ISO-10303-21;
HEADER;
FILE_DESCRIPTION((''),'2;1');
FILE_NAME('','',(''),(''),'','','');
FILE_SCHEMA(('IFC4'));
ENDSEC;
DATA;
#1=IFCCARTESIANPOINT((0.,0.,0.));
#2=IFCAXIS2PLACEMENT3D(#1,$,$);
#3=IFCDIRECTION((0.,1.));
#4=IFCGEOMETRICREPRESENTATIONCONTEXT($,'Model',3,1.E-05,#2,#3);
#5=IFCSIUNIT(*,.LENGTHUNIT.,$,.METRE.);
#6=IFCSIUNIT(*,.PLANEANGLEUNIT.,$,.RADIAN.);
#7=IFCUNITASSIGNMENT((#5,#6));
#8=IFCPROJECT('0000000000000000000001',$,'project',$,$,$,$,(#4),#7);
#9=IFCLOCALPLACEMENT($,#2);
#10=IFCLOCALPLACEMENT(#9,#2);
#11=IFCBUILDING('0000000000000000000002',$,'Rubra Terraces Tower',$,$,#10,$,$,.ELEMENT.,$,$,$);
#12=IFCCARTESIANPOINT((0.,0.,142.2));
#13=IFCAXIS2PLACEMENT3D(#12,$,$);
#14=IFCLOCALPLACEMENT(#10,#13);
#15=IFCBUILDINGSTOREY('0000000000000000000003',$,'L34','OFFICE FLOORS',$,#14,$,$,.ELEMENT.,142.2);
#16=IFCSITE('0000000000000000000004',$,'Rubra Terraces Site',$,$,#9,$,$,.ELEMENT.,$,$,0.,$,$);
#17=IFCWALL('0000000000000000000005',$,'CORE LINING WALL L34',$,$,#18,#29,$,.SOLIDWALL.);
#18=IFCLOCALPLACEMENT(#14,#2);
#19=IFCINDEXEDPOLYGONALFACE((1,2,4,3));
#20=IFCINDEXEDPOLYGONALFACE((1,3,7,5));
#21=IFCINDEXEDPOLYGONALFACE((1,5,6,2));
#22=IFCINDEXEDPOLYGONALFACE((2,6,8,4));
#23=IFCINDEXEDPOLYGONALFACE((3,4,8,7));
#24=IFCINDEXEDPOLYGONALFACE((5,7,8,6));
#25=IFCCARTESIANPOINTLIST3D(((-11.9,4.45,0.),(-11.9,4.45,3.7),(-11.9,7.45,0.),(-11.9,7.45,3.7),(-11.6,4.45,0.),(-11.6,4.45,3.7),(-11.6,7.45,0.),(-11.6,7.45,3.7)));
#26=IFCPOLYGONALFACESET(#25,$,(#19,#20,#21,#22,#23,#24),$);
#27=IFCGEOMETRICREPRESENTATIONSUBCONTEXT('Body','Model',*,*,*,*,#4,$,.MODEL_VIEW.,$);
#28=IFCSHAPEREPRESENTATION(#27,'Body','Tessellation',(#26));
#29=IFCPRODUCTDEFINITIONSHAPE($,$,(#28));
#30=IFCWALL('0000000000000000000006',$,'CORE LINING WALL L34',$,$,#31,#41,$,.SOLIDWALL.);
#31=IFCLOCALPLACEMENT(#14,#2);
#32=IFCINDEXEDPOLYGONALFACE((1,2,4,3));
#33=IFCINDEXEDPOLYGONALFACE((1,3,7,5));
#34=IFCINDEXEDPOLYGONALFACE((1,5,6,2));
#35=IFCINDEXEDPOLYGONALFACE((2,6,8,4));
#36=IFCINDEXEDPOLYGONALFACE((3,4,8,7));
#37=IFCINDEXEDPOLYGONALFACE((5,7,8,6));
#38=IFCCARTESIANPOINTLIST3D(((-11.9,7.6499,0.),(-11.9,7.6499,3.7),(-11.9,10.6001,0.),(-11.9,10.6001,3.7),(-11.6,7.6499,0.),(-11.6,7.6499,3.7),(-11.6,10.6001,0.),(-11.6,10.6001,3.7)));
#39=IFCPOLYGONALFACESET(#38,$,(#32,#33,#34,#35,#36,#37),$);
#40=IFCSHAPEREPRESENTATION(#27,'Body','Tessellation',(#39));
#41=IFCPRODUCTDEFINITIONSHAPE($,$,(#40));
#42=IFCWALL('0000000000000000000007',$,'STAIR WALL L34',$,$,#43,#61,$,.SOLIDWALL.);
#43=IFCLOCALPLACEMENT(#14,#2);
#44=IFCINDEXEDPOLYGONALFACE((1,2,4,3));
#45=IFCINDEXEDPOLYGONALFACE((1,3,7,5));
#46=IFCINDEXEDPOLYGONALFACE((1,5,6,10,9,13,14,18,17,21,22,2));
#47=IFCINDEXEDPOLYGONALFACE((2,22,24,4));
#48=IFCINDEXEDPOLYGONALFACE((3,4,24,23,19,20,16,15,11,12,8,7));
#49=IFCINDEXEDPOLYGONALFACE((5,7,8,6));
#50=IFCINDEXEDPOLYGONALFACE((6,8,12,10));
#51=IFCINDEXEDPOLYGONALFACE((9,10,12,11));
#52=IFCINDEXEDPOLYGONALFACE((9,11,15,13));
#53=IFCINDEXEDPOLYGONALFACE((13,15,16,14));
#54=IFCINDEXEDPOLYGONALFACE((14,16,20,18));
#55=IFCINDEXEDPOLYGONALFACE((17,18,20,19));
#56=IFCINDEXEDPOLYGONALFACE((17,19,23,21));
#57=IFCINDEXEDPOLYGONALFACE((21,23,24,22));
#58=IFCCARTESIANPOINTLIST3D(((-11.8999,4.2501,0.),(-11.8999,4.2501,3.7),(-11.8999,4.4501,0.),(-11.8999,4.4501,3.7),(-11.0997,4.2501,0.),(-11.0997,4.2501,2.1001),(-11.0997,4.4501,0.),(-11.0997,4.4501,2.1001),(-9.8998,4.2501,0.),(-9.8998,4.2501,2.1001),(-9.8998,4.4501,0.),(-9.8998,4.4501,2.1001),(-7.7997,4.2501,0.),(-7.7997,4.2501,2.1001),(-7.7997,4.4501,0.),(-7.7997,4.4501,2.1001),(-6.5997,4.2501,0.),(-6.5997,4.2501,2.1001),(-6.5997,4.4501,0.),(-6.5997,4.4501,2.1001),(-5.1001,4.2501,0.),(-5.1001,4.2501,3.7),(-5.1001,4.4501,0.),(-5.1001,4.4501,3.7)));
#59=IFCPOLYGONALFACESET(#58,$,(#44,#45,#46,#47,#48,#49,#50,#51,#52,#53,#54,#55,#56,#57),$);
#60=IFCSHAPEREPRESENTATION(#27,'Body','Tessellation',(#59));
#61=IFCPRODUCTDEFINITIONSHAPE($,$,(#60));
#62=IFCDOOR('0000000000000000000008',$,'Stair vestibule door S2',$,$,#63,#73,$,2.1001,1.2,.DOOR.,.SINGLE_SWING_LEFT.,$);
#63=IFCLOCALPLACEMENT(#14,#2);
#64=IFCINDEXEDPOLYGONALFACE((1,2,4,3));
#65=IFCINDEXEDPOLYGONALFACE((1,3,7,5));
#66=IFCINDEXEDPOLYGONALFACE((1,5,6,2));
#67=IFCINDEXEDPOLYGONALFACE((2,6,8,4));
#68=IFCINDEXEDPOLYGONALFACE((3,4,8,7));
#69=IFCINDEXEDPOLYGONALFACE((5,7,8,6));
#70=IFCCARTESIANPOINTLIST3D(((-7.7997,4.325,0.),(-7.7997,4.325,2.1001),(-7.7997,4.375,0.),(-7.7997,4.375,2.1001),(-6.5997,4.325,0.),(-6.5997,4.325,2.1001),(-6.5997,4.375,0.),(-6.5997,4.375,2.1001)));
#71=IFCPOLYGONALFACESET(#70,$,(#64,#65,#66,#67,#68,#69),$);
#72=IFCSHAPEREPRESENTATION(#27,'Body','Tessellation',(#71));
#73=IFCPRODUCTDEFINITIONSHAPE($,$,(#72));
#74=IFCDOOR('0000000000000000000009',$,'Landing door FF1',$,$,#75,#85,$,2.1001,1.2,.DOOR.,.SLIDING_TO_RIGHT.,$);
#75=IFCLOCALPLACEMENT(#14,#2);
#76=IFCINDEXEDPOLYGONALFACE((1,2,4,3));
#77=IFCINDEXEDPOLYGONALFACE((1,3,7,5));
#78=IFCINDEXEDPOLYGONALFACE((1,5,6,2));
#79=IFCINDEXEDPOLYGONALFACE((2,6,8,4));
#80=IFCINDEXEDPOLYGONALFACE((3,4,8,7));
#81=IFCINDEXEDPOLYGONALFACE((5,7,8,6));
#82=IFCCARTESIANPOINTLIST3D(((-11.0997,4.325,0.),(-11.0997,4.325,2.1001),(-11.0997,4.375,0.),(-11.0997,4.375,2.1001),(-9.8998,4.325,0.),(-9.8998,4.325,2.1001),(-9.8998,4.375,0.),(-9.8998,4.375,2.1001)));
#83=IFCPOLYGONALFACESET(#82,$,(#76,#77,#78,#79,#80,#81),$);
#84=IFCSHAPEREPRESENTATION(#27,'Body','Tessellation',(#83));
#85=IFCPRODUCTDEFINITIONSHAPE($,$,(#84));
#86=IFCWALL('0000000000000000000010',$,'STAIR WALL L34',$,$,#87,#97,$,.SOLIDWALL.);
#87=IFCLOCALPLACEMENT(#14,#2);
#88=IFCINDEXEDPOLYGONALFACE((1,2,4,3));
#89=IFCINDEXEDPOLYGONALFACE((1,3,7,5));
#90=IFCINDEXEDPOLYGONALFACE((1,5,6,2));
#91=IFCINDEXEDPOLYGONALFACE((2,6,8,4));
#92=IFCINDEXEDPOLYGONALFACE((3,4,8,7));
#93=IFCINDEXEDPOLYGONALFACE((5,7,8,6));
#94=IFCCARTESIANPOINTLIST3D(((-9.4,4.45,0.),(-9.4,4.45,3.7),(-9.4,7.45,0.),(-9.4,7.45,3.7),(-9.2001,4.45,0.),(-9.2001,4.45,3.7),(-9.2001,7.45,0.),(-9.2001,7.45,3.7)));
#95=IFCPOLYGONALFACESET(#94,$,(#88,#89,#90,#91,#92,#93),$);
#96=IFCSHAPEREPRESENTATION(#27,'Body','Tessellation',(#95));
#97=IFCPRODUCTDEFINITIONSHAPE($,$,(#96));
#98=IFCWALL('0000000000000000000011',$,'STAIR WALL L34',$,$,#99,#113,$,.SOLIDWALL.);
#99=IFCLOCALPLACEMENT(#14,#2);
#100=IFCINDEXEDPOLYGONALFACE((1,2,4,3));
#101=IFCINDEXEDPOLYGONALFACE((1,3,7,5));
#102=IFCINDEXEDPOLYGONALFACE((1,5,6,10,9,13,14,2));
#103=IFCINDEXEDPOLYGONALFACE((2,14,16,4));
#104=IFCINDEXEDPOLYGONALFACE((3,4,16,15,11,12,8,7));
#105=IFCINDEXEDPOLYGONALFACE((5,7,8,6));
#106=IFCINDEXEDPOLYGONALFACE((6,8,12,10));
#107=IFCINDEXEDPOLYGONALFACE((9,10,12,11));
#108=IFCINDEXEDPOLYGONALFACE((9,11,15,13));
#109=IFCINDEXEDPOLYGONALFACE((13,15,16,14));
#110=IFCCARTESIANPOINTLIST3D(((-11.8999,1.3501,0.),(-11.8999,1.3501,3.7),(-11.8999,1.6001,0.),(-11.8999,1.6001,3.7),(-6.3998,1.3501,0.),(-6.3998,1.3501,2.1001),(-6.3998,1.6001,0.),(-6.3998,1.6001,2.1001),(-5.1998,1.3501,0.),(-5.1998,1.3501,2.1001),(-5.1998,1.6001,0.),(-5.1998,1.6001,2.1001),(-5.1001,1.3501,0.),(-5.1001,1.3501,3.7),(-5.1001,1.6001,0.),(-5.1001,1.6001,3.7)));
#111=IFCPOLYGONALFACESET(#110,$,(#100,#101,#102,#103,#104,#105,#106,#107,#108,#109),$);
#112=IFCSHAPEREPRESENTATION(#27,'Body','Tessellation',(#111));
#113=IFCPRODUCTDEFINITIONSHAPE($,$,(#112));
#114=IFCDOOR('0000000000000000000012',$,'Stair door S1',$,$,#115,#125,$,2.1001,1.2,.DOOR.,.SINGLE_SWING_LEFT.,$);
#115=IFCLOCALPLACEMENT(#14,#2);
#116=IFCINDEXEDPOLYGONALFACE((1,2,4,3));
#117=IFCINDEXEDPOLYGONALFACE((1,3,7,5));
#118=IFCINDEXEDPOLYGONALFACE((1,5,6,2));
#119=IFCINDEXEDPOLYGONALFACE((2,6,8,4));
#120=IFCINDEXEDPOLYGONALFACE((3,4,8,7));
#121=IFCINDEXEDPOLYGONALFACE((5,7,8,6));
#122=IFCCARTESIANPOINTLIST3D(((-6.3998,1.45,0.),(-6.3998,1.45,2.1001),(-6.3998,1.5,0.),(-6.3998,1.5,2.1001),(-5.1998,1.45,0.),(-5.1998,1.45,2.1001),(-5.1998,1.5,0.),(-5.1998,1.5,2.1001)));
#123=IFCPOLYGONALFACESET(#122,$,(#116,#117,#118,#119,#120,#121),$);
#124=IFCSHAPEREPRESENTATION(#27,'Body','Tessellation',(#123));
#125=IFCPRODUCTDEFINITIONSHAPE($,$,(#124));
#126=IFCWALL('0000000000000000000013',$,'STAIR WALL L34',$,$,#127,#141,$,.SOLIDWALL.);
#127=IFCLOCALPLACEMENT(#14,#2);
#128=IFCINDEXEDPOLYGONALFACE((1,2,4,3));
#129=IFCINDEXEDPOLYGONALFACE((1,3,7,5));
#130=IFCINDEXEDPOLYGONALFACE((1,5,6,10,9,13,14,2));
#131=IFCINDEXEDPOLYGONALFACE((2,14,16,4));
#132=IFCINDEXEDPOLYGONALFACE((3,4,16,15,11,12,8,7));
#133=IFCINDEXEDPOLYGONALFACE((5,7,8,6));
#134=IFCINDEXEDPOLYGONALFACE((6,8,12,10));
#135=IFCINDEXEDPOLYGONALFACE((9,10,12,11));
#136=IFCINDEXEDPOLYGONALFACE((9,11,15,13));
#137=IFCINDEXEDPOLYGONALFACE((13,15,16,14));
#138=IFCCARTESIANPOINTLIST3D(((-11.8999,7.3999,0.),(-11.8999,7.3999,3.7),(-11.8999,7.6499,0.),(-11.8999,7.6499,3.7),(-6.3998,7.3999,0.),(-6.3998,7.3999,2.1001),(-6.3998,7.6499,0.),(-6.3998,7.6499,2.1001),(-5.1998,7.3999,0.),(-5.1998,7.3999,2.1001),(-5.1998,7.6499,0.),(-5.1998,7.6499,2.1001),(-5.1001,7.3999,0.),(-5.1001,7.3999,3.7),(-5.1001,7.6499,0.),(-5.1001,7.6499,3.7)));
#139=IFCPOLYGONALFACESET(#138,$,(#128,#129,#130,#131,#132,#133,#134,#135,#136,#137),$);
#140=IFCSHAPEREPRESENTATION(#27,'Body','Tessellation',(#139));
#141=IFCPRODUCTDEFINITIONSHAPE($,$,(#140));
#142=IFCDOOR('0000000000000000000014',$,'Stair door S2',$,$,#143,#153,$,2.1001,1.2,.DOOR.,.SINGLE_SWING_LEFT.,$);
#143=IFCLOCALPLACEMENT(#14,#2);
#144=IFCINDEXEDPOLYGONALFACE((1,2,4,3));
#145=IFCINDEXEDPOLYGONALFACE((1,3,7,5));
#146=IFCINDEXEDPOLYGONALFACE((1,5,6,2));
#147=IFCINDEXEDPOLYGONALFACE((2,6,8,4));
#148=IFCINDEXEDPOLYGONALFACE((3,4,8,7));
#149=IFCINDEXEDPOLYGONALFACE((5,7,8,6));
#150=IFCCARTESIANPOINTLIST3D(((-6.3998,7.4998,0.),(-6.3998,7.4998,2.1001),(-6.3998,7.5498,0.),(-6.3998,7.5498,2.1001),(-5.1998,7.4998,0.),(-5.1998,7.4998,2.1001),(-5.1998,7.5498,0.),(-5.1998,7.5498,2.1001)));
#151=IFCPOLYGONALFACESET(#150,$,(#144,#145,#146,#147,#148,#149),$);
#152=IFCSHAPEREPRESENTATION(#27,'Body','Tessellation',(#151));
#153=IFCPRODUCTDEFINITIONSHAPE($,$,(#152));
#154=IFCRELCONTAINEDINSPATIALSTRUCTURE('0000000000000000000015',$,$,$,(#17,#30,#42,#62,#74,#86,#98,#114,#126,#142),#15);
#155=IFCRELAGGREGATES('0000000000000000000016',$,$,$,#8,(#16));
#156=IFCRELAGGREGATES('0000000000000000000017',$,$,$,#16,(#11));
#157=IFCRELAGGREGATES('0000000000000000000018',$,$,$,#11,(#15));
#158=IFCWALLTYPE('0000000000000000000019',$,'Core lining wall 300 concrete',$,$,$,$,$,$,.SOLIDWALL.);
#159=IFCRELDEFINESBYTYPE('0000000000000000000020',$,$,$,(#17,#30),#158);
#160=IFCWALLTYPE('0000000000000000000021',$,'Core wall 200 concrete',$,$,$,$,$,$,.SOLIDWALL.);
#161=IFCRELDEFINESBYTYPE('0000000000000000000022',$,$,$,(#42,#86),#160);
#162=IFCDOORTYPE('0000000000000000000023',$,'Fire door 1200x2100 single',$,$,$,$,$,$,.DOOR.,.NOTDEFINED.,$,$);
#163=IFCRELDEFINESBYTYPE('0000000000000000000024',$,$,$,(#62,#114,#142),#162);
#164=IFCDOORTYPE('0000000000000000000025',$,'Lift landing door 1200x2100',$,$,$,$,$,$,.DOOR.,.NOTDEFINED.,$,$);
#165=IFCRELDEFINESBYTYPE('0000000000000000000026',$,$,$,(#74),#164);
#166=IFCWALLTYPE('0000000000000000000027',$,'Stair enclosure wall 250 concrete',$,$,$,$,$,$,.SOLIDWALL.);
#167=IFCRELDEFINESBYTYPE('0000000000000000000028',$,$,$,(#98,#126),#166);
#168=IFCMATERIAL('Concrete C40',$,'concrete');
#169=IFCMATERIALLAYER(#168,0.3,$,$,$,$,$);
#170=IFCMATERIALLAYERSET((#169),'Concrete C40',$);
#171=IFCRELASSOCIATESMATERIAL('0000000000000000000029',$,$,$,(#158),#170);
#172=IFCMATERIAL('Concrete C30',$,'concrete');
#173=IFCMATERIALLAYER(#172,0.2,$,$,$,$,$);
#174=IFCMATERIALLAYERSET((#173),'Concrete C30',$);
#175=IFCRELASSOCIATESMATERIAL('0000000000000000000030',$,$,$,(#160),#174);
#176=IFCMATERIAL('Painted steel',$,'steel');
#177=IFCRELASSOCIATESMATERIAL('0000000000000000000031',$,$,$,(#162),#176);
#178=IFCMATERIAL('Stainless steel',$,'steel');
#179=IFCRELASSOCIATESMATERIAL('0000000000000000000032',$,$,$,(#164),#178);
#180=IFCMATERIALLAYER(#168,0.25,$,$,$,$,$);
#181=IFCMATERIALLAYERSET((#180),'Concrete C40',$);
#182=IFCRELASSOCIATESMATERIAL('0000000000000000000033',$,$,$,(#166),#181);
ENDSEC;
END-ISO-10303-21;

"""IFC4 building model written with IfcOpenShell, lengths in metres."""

from ifc_helpers import new_model, si_unit, direction, frame, frame_2d, origin, place, context, subcontext, project, spatial, rectangle, extrude, material, layer, layer_set, type_object, element, fill, save


model = new_model("IFC4")

# Units and contexts
model_context = context("Model", 3, precision=1e-05, world=origin(), true_north=direction((0.0, 1.0)))
body_context = subcontext(model_context, "Body", "Model", "MODEL_VIEW")
ifc_project = project(units=[si_unit("LENGTHUNIT", "METRE"), si_unit("PLANEANGLEUNIT", "RADIAN")], contexts=[model_context])

# Site, building, storey
site_placement = place(None, origin())
site = spatial("IfcSite", under=ifc_project, at=site_placement, Name="Rubra Terraces Site", CompositionType="ELEMENT", RefElevation=0.0)
building_placement = place(site_placement, origin())
building = spatial("IfcBuilding", under=site, at=building_placement, Name="Rubra Terraces Tower", CompositionType="ELEMENT")
storey_placement = place(building_placement, frame((0.0, 0.0, 142.2)))
storey = spatial("IfcBuildingStorey", under=building, at=storey_placement, Name="L34", Description="OFFICE FLOORS", CompositionType="ELEMENT", Elevation=142.2)

# Walls
ifc_material_1 = material(Name="Concrete C40", Category="concrete")
ifc_layer_1 = layer(ifc_material_1, 0.3)
ifc_layer_set_1 = layer_set([ifc_layer_1], Name="Concrete C40")
wall_type_1 = type_object("IfcWallType", Name="Core lining wall 300 concrete", PredefinedType="SOLIDWALL", material=ifc_layer_set_1)
wall_1_placement = place(storey_placement, frame((-11.75, 4.45, 0.0), z_axis=(0.0, 0.0, 1.0), x_axis=(0.0, 1.0, 0.0)))
element("IfcWall", 1, at=wall_1_placement, inside=storey, type_object=wall_type_1, Name="CORE LINING WALL L34", PredefinedType="SOLIDWALL", context=body_context, shape_type="SweptSolid", body=[
    extrude(rectangle(XDim=3.0, YDim=0.3, at=frame_2d((1.5, 0.0))), origin(), (0.0, 0.0, 1.0), 3.7),
])
wall_2_placement = place(storey_placement, frame((-11.75, 7.6499, 0.0), z_axis=(0.0, 0.0, 1.0), x_axis=(0.0, 1.0, 0.0)))
element("IfcWall", 2, at=wall_2_placement, inside=storey, type_object=wall_type_1, Name="CORE LINING WALL L34", PredefinedType="SOLIDWALL", context=body_context, shape_type="SweptSolid", body=[
    extrude(rectangle(XDim=2.9502, YDim=0.3, at=frame_2d((1.4751, 0.0))), origin(), (0.0, 0.0, 1.0), 3.7),
])

# Wall, openings, doors
ifc_material_2 = material(Name="Concrete C30", Category="concrete")
ifc_layer_2 = layer(ifc_material_2, 0.2)
ifc_layer_set_2 = layer_set([ifc_layer_2], Name="Concrete C30")
wall_type_2 = type_object("IfcWallType", Name="Core wall 200 concrete", PredefinedType="SOLIDWALL", material=ifc_layer_set_2)
wall_3_placement = place(storey_placement, frame((-11.8999, 4.3501, 0.0), z_axis=(0.0, 0.0, 1.0), x_axis=(1.0, 0.0, 0.0)))
wall_3 = element("IfcWall", 3, at=wall_3_placement, inside=storey, type_object=wall_type_2, Name="STAIR WALL L34", PredefinedType="SOLIDWALL", context=body_context, shape_type="SweptSolid", body=[
    extrude(rectangle(XDim=6.7998, YDim=0.2, at=frame_2d((3.3999, 0.0))), origin(), (0.0, 0.0, 1.0), 3.7),
])
opening_1_placement = place(wall_3_placement, frame((4.1001, 0.0, 0.0)))
opening_1 = element("IfcOpeningElement", 4, at=opening_1_placement, cuts=wall_3, PredefinedType="OPENING", context=body_context, shape_type="SweptSolid", body=[
    extrude(rectangle(XDim=1.2, YDim=2.1001, at=frame_2d((0.6001, 1.05))), frame((0.0, 0.1099, 0.0), z_axis=(0.0, -1.0, 0.0), x_axis=(1.0, 0.0, 0.0)), (0.0, 0.0, 1.0), 0.22),
])
opening_2_placement = place(wall_3_placement, frame((0.8, 0.0, 0.0)))
opening_2 = element("IfcOpeningElement", 5, at=opening_2_placement, cuts=wall_3, PredefinedType="OPENING", context=body_context, shape_type="SweptSolid", body=[
    extrude(rectangle(XDim=1.2, YDim=2.1001, at=frame_2d((0.6001, 1.05))), frame((0.0, 0.1099, 0.0), z_axis=(0.0, -1.0, 0.0), x_axis=(1.0, 0.0, 0.0)), (0.0, 0.0, 1.0), 0.22),
])
ifc_material_3 = material(Name="Painted steel", Category="steel")
door_type_1 = type_object("IfcDoorType", Name="Fire door 1200x2100 single", OperationType="NOTDEFINED", PredefinedType="DOOR", material=ifc_material_3)
door_1_placement = place(opening_1_placement, origin())
door_1 = element("IfcDoor", 6, at=door_1_placement, inside=storey, type_object=door_type_1, Name="Stair vestibule door S2", OperationType="SINGLE_SWING_LEFT", OverallHeight=2.1001, OverallWidth=1.2, PredefinedType="DOOR", context=body_context, shape_type="SweptSolid", body=[
    extrude(rectangle(XDim=1.2, YDim=2.1001, at=frame_2d((0.6001, 1.05))), frame((0.0, 0.0249, 0.0), z_axis=(0.0, -1.0, 0.0), x_axis=(1.0, 0.0, 0.0)), (0.0, 0.0, 1.0), 0.05),
])
fill(opening_1, door_1)
ifc_material_4 = material(Name="Stainless steel", Category="steel")
door_type_2 = type_object("IfcDoorType", Name="Lift landing door 1200x2100", OperationType="NOTDEFINED", PredefinedType="DOOR", material=ifc_material_4)
door_2_placement = place(opening_2_placement, origin())
door_2 = element("IfcDoor", 7, at=door_2_placement, inside=storey, type_object=door_type_2, Name="Landing door FF1", OperationType="SLIDING_TO_RIGHT", OverallHeight=2.1001, OverallWidth=1.2, PredefinedType="DOOR", context=body_context, shape_type="SweptSolid", body=[
    extrude(rectangle(XDim=1.2, YDim=2.1001, at=frame_2d((0.6001, 1.05))), frame((0.0, 0.0249, 0.0), z_axis=(0.0, -1.0, 0.0), x_axis=(1.0, 0.0, 0.0)), (0.0, 0.0, 1.0), 0.05),
])
fill(opening_2, door_2)

# Wall
wall_4_placement = place(storey_placement, frame((-9.3, 4.45, 0.0), z_axis=(0.0, 0.0, 1.0), x_axis=(0.0, 1.0, 0.0)))
element("IfcWall", 8, at=wall_4_placement, inside=storey, type_object=wall_type_2, Name="STAIR WALL L34", PredefinedType="SOLIDWALL", context=body_context, shape_type="SweptSolid", body=[
    extrude(rectangle(XDim=3.0, YDim=0.2, at=frame_2d((1.5, 0.0))), origin(), (0.0, 0.0, 1.0), 3.7),
])

# Walls, openings, doors
ifc_layer_3 = layer(ifc_material_1, 0.25)
ifc_layer_set_3 = layer_set([ifc_layer_3], Name="Concrete C40")
wall_type_3 = type_object("IfcWallType", Name="Stair enclosure wall 250 concrete", PredefinedType="SOLIDWALL", material=ifc_layer_set_3)
wall_5_placement = place(storey_placement, frame((-11.8999, 1.4751, 0.0), z_axis=(0.0, 0.0, 1.0), x_axis=(1.0, 0.0, 0.0)))
wall_5 = element("IfcWall", 9, at=wall_5_placement, inside=storey, type_object=wall_type_3, Name="STAIR WALL L34", PredefinedType="SOLIDWALL", context=body_context, shape_type="SweptSolid", body=[
    extrude(rectangle(XDim=6.7998, YDim=0.25, at=frame_2d((3.3999, 0.0))), origin(), (0.0, 0.0, 1.0), 3.7),
])
opening_3_placement = place(wall_5_placement, frame((5.5, 0.0, 0.0)))
opening_3 = element("IfcOpeningElement", 10, at=opening_3_placement, cuts=wall_5, PredefinedType="OPENING", context=body_context, shape_type="SweptSolid", body=[
    extrude(rectangle(XDim=1.2, YDim=2.1001, at=frame_2d((0.6001, 1.05))), frame((0.0, 0.135, 0.0), z_axis=(0.0, -1.0, 0.0), x_axis=(1.0, 0.0, 0.0)), (0.0, 0.0, 1.0), 0.27),
])
door_3_placement = place(opening_3_placement, origin())
door_3 = element("IfcDoor", 11, at=door_3_placement, inside=storey, type_object=door_type_1, Name="Stair door S1", OperationType="SINGLE_SWING_LEFT", OverallHeight=2.1001, OverallWidth=1.2, PredefinedType="DOOR", context=body_context, shape_type="SweptSolid", body=[
    extrude(rectangle(XDim=1.2, YDim=2.1001, at=frame_2d((0.6001, 1.05))), frame((0.0, 0.0249, 0.0), z_axis=(0.0, -1.0, 0.0), x_axis=(1.0, 0.0, 0.0)), (0.0, 0.0, 1.0), 0.05),
])
fill(opening_3, door_3)
wall_6_placement = place(storey_placement, frame((-11.8999, 7.5249, 0.0), z_axis=(0.0, 0.0, 1.0), x_axis=(1.0, 0.0, 0.0)))
wall_6 = element("IfcWall", 12, at=wall_6_placement, inside=storey, type_object=wall_type_3, Name="STAIR WALL L34", PredefinedType="SOLIDWALL", context=body_context, shape_type="SweptSolid", body=[
    extrude(rectangle(XDim=6.7998, YDim=0.25, at=frame_2d((3.3999, 0.0))), origin(), (0.0, 0.0, 1.0), 3.7),
])
opening_4_placement = place(wall_6_placement, frame((5.5, 0.0, 0.0)))
opening_4 = element("IfcOpeningElement", 13, at=opening_4_placement, cuts=wall_6, PredefinedType="OPENING", context=body_context, shape_type="SweptSolid", body=[
    extrude(rectangle(XDim=1.2, YDim=2.1001, at=frame_2d((0.6001, 1.05))), frame((0.0, 0.135, 0.0), z_axis=(0.0, -1.0, 0.0), x_axis=(1.0, 0.0, 0.0)), (0.0, 0.0, 1.0), 0.27),
])
door_4_placement = place(opening_4_placement, origin())
door_4 = element("IfcDoor", 14, at=door_4_placement, inside=storey, type_object=door_type_1, Name="Stair door S2", OperationType="SINGLE_SWING_LEFT", OverallHeight=2.1001, OverallWidth=1.2, PredefinedType="DOOR", context=body_context, shape_type="SweptSolid", body=[
    extrude(rectangle(XDim=1.2, YDim=2.1001, at=frame_2d((0.6001, 1.05))), frame((0.0, 0.0249, 0.0), z_axis=(0.0, -1.0, 0.0), x_axis=(1.0, 0.0, 0.0)), (0.0, 0.0, 1.0), 0.05),
])
fill(opening_4, door_4)

save(model, "model.ifc")
